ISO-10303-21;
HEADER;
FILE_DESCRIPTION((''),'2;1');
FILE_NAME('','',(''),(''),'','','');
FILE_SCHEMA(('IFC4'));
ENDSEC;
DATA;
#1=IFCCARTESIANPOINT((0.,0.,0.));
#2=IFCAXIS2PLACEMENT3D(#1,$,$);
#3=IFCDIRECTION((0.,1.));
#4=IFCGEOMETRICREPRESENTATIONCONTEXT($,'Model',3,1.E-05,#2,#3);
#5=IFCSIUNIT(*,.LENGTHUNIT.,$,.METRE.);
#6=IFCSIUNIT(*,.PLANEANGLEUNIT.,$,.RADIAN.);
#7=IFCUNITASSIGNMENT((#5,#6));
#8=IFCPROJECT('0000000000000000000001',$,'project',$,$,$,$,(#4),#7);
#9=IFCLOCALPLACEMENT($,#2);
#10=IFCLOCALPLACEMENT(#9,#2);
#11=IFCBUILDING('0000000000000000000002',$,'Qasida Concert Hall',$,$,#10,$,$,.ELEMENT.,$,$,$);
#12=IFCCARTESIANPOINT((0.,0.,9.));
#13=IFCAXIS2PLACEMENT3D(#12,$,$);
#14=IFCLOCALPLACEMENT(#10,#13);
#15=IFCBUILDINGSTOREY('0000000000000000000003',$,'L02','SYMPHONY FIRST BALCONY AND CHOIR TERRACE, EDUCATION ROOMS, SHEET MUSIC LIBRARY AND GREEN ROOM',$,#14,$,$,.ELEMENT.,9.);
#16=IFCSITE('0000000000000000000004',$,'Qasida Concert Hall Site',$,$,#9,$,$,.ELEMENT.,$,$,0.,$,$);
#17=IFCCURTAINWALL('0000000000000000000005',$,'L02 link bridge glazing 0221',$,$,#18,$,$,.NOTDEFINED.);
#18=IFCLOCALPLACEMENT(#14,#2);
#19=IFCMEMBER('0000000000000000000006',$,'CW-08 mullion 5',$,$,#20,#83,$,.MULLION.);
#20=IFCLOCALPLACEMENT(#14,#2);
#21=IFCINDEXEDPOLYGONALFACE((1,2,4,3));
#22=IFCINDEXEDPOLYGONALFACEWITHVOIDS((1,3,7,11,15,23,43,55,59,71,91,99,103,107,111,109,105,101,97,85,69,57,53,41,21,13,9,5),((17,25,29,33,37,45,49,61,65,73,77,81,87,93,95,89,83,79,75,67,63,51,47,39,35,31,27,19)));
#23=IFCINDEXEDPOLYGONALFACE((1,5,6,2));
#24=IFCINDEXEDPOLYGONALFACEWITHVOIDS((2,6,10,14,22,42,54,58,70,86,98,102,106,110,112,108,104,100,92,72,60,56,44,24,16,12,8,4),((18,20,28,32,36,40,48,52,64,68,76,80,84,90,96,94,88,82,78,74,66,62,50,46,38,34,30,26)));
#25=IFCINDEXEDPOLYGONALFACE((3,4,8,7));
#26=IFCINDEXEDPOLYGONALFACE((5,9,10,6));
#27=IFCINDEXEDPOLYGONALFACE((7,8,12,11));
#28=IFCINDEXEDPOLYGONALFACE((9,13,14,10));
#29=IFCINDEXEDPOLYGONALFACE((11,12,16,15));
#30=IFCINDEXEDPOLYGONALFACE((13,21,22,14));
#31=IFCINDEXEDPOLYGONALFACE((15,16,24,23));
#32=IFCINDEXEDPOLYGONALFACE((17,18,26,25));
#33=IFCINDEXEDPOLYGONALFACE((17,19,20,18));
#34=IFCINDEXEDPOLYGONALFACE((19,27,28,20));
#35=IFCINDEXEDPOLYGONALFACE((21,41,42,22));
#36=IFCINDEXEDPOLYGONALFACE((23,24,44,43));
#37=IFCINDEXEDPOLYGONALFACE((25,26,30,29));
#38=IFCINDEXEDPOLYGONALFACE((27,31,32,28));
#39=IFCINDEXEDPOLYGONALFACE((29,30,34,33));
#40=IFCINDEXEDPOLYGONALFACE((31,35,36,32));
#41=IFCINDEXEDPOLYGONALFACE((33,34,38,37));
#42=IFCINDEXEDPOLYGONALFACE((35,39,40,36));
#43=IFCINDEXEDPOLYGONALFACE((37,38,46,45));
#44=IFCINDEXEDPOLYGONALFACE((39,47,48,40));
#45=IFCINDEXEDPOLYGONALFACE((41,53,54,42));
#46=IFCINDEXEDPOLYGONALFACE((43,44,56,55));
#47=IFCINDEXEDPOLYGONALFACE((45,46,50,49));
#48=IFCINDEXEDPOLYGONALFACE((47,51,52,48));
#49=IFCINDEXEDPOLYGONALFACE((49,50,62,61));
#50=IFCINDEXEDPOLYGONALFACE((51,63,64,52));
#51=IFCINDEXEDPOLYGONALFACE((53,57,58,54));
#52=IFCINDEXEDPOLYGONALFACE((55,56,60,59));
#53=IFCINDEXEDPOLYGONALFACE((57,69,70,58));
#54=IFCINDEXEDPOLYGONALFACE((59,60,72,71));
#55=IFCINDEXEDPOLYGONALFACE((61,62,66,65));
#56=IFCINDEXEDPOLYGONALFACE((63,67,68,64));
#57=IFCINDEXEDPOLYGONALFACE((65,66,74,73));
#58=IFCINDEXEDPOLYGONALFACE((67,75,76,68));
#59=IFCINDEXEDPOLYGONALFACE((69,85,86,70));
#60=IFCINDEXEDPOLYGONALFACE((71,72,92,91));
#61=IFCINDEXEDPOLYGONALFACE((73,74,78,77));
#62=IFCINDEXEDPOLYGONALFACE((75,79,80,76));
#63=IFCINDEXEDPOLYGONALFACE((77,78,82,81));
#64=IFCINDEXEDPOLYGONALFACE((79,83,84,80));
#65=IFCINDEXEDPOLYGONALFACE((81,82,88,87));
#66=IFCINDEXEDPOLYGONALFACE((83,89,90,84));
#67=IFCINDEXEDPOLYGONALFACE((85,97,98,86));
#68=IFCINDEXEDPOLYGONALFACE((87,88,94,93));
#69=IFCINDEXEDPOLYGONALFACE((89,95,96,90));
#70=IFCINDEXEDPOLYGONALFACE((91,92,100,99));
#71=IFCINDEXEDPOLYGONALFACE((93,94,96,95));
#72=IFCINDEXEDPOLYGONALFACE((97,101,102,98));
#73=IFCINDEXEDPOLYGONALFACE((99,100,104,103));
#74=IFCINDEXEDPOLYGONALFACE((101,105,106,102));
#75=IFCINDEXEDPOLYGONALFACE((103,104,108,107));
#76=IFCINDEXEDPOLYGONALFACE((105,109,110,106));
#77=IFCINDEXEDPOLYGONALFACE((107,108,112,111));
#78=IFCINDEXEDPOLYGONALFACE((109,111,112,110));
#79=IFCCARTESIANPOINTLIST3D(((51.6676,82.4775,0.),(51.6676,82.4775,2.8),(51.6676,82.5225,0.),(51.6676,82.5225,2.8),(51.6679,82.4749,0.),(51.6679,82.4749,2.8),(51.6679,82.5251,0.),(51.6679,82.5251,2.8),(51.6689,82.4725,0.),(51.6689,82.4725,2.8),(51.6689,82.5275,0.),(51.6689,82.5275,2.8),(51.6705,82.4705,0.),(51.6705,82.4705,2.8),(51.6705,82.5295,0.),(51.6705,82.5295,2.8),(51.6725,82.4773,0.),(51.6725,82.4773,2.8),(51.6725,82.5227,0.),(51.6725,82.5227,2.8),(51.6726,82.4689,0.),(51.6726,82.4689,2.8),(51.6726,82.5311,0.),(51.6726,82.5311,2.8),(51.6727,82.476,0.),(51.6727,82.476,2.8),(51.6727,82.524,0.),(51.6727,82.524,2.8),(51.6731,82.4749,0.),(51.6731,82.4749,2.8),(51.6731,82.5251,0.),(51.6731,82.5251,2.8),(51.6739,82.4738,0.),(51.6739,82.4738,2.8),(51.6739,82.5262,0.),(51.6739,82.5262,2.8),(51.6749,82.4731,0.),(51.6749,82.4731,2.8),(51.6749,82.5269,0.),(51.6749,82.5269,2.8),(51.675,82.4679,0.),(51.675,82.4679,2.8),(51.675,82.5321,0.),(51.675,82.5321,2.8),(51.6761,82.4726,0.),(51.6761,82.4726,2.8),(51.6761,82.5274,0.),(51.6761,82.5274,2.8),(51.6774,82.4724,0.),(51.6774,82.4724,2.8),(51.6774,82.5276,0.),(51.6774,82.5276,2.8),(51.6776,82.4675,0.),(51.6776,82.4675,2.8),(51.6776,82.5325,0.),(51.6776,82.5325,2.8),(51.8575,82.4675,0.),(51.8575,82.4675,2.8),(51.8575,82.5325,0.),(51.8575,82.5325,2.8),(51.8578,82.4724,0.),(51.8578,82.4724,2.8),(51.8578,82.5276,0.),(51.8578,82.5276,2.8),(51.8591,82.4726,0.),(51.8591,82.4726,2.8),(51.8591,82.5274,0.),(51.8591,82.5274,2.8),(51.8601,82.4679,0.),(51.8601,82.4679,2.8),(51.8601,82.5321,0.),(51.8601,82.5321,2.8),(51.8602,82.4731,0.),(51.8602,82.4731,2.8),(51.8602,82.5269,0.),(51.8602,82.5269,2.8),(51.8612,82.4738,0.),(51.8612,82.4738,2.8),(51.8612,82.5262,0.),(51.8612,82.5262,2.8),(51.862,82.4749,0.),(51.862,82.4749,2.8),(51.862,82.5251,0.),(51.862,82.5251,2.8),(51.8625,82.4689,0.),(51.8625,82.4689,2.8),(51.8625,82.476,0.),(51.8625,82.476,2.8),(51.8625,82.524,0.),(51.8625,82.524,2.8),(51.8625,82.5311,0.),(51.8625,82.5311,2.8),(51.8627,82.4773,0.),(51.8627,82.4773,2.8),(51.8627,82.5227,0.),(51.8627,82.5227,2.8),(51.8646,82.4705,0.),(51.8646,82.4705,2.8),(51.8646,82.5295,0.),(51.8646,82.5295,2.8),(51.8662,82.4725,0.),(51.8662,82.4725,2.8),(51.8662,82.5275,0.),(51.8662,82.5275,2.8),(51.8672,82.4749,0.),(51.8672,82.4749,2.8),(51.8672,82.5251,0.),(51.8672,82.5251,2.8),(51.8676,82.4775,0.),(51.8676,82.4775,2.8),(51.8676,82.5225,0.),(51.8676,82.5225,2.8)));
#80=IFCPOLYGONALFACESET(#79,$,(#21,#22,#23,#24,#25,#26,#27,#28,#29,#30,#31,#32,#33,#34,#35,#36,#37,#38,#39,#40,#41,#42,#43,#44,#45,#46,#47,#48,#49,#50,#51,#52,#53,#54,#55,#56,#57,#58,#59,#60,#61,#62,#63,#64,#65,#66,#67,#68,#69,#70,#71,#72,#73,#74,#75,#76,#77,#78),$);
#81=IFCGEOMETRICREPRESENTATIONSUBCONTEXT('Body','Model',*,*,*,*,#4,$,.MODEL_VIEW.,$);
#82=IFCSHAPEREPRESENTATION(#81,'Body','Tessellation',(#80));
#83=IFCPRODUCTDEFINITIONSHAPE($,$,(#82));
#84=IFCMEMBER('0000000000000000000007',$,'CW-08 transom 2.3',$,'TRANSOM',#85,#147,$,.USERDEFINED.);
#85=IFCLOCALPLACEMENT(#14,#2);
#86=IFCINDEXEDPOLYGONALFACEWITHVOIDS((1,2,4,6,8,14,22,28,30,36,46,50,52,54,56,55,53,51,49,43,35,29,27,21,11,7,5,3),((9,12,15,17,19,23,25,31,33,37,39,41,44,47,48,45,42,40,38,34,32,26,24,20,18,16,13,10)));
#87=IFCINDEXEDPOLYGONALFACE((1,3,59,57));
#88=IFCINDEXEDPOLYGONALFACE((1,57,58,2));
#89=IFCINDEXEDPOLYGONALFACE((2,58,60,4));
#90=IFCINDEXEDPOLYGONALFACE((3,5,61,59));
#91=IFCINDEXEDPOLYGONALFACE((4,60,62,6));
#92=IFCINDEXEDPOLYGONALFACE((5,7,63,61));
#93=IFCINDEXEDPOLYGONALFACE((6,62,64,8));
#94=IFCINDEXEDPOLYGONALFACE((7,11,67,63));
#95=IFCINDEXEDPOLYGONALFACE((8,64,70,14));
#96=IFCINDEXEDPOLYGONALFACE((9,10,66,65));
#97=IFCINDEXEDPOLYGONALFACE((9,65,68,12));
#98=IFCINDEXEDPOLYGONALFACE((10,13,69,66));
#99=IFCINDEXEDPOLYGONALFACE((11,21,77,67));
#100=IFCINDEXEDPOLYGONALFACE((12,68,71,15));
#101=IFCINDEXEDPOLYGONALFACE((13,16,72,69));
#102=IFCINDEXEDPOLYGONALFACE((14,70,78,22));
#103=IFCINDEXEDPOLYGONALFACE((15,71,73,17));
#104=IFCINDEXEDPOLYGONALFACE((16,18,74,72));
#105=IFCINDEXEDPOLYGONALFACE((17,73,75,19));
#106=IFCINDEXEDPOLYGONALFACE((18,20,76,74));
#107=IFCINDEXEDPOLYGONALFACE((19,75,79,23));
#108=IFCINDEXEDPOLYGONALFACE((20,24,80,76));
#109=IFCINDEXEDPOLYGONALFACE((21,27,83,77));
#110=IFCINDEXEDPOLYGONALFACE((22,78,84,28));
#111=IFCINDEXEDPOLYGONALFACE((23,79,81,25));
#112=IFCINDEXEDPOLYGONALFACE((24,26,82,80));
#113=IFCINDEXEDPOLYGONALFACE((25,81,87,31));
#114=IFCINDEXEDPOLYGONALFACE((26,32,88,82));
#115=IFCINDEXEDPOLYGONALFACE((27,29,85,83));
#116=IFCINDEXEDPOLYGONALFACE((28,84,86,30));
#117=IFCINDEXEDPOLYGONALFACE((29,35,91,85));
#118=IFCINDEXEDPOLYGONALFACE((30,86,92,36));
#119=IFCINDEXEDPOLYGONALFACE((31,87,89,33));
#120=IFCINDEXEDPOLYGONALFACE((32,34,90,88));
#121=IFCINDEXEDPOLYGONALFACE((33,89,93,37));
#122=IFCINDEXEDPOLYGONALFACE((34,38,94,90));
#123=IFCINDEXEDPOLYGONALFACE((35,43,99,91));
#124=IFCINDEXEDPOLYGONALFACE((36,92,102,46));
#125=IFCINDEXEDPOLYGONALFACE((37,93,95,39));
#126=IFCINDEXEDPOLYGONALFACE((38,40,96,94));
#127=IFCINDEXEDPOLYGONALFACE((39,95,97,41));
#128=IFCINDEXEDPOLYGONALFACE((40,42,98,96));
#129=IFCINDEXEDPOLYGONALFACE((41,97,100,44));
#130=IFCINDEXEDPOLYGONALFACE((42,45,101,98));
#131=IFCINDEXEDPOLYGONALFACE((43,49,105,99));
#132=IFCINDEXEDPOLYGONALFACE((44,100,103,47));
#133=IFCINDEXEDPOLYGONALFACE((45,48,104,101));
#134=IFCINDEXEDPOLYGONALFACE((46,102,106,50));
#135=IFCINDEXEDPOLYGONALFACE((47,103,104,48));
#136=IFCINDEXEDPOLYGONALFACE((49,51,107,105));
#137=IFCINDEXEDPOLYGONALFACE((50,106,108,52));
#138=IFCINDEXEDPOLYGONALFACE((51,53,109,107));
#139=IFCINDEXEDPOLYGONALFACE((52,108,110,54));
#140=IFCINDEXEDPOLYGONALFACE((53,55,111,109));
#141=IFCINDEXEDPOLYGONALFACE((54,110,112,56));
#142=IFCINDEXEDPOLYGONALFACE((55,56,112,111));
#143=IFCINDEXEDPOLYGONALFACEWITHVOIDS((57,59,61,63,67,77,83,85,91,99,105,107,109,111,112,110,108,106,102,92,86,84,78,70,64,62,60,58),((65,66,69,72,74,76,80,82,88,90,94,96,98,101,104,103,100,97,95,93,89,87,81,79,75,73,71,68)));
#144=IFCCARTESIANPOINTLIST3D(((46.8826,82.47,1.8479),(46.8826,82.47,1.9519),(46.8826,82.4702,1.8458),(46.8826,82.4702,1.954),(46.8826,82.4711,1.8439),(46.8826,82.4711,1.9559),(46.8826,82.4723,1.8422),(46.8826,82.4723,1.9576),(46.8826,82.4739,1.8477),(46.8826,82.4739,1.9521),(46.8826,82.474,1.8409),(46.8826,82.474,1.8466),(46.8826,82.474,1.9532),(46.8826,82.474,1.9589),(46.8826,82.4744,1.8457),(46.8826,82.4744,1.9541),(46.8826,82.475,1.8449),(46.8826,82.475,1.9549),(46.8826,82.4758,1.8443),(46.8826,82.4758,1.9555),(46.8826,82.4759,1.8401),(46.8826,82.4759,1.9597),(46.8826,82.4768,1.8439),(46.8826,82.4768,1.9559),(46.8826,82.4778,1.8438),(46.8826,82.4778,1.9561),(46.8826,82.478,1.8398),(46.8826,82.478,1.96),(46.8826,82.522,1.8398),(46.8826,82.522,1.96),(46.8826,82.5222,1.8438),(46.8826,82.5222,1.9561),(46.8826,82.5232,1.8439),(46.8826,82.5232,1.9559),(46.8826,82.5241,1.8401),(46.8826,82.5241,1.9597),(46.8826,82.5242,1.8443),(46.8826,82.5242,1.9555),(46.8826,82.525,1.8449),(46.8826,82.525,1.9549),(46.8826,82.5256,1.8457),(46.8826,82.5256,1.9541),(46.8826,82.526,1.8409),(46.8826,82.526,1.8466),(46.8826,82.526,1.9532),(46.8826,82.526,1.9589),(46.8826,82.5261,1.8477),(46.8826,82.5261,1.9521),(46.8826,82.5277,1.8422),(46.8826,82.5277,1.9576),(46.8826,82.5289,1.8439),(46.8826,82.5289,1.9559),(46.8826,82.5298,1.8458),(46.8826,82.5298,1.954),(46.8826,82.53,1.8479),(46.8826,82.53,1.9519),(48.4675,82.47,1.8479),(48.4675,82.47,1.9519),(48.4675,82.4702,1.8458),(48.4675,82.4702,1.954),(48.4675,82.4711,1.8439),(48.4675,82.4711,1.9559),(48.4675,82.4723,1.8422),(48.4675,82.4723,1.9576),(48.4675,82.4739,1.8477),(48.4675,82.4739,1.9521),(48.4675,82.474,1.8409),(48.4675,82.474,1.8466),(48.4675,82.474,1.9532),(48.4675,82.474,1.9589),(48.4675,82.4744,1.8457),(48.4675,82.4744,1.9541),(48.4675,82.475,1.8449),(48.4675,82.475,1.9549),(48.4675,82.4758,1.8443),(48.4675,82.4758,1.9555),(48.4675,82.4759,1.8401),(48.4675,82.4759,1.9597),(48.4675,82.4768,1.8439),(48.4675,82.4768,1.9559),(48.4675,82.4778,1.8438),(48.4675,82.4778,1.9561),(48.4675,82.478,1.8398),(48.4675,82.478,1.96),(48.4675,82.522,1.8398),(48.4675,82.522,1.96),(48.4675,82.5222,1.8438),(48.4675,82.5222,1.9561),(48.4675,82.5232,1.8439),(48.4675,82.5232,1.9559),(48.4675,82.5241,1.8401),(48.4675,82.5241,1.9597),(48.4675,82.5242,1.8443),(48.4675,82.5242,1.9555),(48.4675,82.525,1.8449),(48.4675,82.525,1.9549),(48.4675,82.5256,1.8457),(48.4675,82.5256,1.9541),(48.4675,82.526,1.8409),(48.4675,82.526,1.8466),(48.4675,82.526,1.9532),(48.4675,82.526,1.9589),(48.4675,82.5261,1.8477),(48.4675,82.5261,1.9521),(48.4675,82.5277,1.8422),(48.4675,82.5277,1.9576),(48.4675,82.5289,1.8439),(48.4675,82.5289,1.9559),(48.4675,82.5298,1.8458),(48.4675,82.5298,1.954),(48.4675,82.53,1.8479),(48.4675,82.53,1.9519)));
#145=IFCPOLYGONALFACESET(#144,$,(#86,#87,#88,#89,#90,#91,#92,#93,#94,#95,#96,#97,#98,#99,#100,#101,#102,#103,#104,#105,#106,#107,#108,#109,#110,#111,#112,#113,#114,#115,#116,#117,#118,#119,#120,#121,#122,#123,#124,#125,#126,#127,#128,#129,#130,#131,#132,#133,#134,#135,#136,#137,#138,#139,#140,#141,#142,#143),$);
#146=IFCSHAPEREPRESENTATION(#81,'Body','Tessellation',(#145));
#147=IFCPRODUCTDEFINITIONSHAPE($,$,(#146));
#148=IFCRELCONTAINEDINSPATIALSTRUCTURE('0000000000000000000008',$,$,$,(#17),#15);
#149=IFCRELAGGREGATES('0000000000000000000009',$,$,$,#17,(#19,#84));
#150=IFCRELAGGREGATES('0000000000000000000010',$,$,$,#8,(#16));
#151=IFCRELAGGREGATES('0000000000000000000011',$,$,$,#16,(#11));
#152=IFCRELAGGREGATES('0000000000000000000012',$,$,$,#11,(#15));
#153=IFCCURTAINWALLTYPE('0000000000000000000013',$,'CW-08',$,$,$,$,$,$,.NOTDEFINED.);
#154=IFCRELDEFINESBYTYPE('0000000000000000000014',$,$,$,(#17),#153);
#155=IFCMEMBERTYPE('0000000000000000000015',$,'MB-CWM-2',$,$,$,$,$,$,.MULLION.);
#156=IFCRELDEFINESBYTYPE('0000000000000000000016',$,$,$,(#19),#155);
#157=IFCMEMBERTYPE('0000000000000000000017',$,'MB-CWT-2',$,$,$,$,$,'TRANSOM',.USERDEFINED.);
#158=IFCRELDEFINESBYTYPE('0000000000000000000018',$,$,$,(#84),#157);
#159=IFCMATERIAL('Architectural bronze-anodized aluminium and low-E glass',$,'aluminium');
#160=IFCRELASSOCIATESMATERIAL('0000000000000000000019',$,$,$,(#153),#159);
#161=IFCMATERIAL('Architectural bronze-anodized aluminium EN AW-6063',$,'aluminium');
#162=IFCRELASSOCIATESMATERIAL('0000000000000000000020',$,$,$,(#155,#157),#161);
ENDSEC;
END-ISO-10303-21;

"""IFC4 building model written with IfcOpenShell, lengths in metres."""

from ifc_helpers import new_model, si_unit, direction, frame, origin, origin_2d, place, context, subcontext, project, spatial, hollow_rectangle, extrude, material, material_profile, profile_set, type_object, element, aggregate, save


model = new_model("IFC4")

# Units and contexts
model_context = context("Model", 3, precision=1e-05, world=origin(), true_north=direction((0.0, 1.0)))
body_context = subcontext(model_context, "Body", "Model", "MODEL_VIEW")
ifc_project = project(units=[si_unit("LENGTHUNIT", "METRE"), si_unit("PLANEANGLEUNIT", "RADIAN")], contexts=[model_context])

# Site, building, storey
site_placement = place(None, origin())
site = spatial("IfcSite", under=ifc_project, at=site_placement, Name="Qasida Concert Hall Site", CompositionType="ELEMENT", RefElevation=0.0)
building_placement = place(site_placement, origin())
building = spatial("IfcBuilding", under=site, at=building_placement, Name="Qasida Concert Hall", CompositionType="ELEMENT")
storey_placement = place(building_placement, frame((0.0, 0.0, 9.0)))
storey = spatial("IfcBuildingStorey", under=building, at=storey_placement, Name="L02", Description="SYMPHONY FIRST BALCONY AND CHOIR TERRACE, EDUCATION ROOMS, SHEET MUSIC LIBRARY AND GREEN ROOM", CompositionType="ELEMENT", Elevation=9.0)

# Curtain wall, members
ifc_material_1 = material(Name="Architectural bronze-anodized aluminium and low-E glass", Category="aluminium")
curtain_wall_type = type_object("IfcCurtainWallType", Name="CW-08", PredefinedType="NOTDEFINED", material=ifc_material_1)
curtain_wall_placement = place(storey_placement, origin())
curtain_wall = element("IfcCurtainWall", 1, at=curtain_wall_placement, inside=storey, type_object=curtain_wall_type, Name="L02 link bridge glazing 0221", PredefinedType="NOTDEFINED")
ifc_material_2 = material(Name="Architectural bronze-anodized aluminium EN AW-6063", Category="aluminium")
ifc_material_profile_1 = material_profile(ifc_material_2, hollow_rectangle(XDim=0.0649, YDim=0.2, WallThickness=0.0049, InnerFilletRadius=0.0049, OuterFilletRadius=0.01, at=origin_2d()), Name="CWM 200x65x5")
ifc_profile_set_1 = profile_set([ifc_material_profile_1], Name="Architectural bronze-anodized aluminium EN AW-6063")
member_type_1 = type_object("IfcMemberType", Name="MB-CWM-2", PredefinedType="MULLION", material=ifc_profile_set_1)
member_1_placement = place(storey_placement, frame((51.7676, 82.5, 0.0), z_axis=(0.0, 0.0, 1.0), x_axis=(0.0, 1.0, 0.0)))
member_1 = element("IfcMember", 2, at=member_1_placement, type_object=member_type_1, Name="CW-08 mullion 5", PredefinedType="MULLION", context=body_context, shape_type="SweptSolid", body=[
    extrude(hollow_rectangle(XDim=0.0649, YDim=0.2, WallThickness=0.0049, InnerFilletRadius=0.0049, OuterFilletRadius=0.01, at=origin_2d()), origin(), (0.0, 0.0, 1.0), 2.8),
])
ifc_material_profile_2 = material_profile(ifc_material_2, hollow_rectangle(XDim=0.0601, YDim=0.1201, WallThickness=0.0039, InnerFilletRadius=0.0039, OuterFilletRadius=0.0081, at=origin_2d()), Name="CWT 120x60x4")
ifc_profile_set_2 = profile_set([ifc_material_profile_2], Name="Architectural bronze-anodized aluminium EN AW-6063")
member_type_2 = type_object("IfcMemberType", Name="MB-CWT-2", ElementType="TRANSOM", PredefinedType="USERDEFINED", material=ifc_profile_set_2)
member_2_placement = place(storey_placement, frame((46.8826, 82.5, 1.8999), z_axis=(1.0, 0.0, 0.0), x_axis=(0.0, 1.0, 0.0)))
member_2 = element("IfcMember", 3, at=member_2_placement, type_object=member_type_2, Name="CW-08 transom 2.3", ObjectType="TRANSOM", PredefinedType="USERDEFINED", context=body_context, shape_type="SweptSolid", body=[
    extrude(hollow_rectangle(XDim=0.0601, YDim=0.1201, WallThickness=0.0039, InnerFilletRadius=0.0039, OuterFilletRadius=0.0081, at=origin_2d()), origin(), (0.0, 0.0, 1.0), 1.585),
])
aggregate(curtain_wall, [member_1, member_2])

save(model, "model.ifc")
